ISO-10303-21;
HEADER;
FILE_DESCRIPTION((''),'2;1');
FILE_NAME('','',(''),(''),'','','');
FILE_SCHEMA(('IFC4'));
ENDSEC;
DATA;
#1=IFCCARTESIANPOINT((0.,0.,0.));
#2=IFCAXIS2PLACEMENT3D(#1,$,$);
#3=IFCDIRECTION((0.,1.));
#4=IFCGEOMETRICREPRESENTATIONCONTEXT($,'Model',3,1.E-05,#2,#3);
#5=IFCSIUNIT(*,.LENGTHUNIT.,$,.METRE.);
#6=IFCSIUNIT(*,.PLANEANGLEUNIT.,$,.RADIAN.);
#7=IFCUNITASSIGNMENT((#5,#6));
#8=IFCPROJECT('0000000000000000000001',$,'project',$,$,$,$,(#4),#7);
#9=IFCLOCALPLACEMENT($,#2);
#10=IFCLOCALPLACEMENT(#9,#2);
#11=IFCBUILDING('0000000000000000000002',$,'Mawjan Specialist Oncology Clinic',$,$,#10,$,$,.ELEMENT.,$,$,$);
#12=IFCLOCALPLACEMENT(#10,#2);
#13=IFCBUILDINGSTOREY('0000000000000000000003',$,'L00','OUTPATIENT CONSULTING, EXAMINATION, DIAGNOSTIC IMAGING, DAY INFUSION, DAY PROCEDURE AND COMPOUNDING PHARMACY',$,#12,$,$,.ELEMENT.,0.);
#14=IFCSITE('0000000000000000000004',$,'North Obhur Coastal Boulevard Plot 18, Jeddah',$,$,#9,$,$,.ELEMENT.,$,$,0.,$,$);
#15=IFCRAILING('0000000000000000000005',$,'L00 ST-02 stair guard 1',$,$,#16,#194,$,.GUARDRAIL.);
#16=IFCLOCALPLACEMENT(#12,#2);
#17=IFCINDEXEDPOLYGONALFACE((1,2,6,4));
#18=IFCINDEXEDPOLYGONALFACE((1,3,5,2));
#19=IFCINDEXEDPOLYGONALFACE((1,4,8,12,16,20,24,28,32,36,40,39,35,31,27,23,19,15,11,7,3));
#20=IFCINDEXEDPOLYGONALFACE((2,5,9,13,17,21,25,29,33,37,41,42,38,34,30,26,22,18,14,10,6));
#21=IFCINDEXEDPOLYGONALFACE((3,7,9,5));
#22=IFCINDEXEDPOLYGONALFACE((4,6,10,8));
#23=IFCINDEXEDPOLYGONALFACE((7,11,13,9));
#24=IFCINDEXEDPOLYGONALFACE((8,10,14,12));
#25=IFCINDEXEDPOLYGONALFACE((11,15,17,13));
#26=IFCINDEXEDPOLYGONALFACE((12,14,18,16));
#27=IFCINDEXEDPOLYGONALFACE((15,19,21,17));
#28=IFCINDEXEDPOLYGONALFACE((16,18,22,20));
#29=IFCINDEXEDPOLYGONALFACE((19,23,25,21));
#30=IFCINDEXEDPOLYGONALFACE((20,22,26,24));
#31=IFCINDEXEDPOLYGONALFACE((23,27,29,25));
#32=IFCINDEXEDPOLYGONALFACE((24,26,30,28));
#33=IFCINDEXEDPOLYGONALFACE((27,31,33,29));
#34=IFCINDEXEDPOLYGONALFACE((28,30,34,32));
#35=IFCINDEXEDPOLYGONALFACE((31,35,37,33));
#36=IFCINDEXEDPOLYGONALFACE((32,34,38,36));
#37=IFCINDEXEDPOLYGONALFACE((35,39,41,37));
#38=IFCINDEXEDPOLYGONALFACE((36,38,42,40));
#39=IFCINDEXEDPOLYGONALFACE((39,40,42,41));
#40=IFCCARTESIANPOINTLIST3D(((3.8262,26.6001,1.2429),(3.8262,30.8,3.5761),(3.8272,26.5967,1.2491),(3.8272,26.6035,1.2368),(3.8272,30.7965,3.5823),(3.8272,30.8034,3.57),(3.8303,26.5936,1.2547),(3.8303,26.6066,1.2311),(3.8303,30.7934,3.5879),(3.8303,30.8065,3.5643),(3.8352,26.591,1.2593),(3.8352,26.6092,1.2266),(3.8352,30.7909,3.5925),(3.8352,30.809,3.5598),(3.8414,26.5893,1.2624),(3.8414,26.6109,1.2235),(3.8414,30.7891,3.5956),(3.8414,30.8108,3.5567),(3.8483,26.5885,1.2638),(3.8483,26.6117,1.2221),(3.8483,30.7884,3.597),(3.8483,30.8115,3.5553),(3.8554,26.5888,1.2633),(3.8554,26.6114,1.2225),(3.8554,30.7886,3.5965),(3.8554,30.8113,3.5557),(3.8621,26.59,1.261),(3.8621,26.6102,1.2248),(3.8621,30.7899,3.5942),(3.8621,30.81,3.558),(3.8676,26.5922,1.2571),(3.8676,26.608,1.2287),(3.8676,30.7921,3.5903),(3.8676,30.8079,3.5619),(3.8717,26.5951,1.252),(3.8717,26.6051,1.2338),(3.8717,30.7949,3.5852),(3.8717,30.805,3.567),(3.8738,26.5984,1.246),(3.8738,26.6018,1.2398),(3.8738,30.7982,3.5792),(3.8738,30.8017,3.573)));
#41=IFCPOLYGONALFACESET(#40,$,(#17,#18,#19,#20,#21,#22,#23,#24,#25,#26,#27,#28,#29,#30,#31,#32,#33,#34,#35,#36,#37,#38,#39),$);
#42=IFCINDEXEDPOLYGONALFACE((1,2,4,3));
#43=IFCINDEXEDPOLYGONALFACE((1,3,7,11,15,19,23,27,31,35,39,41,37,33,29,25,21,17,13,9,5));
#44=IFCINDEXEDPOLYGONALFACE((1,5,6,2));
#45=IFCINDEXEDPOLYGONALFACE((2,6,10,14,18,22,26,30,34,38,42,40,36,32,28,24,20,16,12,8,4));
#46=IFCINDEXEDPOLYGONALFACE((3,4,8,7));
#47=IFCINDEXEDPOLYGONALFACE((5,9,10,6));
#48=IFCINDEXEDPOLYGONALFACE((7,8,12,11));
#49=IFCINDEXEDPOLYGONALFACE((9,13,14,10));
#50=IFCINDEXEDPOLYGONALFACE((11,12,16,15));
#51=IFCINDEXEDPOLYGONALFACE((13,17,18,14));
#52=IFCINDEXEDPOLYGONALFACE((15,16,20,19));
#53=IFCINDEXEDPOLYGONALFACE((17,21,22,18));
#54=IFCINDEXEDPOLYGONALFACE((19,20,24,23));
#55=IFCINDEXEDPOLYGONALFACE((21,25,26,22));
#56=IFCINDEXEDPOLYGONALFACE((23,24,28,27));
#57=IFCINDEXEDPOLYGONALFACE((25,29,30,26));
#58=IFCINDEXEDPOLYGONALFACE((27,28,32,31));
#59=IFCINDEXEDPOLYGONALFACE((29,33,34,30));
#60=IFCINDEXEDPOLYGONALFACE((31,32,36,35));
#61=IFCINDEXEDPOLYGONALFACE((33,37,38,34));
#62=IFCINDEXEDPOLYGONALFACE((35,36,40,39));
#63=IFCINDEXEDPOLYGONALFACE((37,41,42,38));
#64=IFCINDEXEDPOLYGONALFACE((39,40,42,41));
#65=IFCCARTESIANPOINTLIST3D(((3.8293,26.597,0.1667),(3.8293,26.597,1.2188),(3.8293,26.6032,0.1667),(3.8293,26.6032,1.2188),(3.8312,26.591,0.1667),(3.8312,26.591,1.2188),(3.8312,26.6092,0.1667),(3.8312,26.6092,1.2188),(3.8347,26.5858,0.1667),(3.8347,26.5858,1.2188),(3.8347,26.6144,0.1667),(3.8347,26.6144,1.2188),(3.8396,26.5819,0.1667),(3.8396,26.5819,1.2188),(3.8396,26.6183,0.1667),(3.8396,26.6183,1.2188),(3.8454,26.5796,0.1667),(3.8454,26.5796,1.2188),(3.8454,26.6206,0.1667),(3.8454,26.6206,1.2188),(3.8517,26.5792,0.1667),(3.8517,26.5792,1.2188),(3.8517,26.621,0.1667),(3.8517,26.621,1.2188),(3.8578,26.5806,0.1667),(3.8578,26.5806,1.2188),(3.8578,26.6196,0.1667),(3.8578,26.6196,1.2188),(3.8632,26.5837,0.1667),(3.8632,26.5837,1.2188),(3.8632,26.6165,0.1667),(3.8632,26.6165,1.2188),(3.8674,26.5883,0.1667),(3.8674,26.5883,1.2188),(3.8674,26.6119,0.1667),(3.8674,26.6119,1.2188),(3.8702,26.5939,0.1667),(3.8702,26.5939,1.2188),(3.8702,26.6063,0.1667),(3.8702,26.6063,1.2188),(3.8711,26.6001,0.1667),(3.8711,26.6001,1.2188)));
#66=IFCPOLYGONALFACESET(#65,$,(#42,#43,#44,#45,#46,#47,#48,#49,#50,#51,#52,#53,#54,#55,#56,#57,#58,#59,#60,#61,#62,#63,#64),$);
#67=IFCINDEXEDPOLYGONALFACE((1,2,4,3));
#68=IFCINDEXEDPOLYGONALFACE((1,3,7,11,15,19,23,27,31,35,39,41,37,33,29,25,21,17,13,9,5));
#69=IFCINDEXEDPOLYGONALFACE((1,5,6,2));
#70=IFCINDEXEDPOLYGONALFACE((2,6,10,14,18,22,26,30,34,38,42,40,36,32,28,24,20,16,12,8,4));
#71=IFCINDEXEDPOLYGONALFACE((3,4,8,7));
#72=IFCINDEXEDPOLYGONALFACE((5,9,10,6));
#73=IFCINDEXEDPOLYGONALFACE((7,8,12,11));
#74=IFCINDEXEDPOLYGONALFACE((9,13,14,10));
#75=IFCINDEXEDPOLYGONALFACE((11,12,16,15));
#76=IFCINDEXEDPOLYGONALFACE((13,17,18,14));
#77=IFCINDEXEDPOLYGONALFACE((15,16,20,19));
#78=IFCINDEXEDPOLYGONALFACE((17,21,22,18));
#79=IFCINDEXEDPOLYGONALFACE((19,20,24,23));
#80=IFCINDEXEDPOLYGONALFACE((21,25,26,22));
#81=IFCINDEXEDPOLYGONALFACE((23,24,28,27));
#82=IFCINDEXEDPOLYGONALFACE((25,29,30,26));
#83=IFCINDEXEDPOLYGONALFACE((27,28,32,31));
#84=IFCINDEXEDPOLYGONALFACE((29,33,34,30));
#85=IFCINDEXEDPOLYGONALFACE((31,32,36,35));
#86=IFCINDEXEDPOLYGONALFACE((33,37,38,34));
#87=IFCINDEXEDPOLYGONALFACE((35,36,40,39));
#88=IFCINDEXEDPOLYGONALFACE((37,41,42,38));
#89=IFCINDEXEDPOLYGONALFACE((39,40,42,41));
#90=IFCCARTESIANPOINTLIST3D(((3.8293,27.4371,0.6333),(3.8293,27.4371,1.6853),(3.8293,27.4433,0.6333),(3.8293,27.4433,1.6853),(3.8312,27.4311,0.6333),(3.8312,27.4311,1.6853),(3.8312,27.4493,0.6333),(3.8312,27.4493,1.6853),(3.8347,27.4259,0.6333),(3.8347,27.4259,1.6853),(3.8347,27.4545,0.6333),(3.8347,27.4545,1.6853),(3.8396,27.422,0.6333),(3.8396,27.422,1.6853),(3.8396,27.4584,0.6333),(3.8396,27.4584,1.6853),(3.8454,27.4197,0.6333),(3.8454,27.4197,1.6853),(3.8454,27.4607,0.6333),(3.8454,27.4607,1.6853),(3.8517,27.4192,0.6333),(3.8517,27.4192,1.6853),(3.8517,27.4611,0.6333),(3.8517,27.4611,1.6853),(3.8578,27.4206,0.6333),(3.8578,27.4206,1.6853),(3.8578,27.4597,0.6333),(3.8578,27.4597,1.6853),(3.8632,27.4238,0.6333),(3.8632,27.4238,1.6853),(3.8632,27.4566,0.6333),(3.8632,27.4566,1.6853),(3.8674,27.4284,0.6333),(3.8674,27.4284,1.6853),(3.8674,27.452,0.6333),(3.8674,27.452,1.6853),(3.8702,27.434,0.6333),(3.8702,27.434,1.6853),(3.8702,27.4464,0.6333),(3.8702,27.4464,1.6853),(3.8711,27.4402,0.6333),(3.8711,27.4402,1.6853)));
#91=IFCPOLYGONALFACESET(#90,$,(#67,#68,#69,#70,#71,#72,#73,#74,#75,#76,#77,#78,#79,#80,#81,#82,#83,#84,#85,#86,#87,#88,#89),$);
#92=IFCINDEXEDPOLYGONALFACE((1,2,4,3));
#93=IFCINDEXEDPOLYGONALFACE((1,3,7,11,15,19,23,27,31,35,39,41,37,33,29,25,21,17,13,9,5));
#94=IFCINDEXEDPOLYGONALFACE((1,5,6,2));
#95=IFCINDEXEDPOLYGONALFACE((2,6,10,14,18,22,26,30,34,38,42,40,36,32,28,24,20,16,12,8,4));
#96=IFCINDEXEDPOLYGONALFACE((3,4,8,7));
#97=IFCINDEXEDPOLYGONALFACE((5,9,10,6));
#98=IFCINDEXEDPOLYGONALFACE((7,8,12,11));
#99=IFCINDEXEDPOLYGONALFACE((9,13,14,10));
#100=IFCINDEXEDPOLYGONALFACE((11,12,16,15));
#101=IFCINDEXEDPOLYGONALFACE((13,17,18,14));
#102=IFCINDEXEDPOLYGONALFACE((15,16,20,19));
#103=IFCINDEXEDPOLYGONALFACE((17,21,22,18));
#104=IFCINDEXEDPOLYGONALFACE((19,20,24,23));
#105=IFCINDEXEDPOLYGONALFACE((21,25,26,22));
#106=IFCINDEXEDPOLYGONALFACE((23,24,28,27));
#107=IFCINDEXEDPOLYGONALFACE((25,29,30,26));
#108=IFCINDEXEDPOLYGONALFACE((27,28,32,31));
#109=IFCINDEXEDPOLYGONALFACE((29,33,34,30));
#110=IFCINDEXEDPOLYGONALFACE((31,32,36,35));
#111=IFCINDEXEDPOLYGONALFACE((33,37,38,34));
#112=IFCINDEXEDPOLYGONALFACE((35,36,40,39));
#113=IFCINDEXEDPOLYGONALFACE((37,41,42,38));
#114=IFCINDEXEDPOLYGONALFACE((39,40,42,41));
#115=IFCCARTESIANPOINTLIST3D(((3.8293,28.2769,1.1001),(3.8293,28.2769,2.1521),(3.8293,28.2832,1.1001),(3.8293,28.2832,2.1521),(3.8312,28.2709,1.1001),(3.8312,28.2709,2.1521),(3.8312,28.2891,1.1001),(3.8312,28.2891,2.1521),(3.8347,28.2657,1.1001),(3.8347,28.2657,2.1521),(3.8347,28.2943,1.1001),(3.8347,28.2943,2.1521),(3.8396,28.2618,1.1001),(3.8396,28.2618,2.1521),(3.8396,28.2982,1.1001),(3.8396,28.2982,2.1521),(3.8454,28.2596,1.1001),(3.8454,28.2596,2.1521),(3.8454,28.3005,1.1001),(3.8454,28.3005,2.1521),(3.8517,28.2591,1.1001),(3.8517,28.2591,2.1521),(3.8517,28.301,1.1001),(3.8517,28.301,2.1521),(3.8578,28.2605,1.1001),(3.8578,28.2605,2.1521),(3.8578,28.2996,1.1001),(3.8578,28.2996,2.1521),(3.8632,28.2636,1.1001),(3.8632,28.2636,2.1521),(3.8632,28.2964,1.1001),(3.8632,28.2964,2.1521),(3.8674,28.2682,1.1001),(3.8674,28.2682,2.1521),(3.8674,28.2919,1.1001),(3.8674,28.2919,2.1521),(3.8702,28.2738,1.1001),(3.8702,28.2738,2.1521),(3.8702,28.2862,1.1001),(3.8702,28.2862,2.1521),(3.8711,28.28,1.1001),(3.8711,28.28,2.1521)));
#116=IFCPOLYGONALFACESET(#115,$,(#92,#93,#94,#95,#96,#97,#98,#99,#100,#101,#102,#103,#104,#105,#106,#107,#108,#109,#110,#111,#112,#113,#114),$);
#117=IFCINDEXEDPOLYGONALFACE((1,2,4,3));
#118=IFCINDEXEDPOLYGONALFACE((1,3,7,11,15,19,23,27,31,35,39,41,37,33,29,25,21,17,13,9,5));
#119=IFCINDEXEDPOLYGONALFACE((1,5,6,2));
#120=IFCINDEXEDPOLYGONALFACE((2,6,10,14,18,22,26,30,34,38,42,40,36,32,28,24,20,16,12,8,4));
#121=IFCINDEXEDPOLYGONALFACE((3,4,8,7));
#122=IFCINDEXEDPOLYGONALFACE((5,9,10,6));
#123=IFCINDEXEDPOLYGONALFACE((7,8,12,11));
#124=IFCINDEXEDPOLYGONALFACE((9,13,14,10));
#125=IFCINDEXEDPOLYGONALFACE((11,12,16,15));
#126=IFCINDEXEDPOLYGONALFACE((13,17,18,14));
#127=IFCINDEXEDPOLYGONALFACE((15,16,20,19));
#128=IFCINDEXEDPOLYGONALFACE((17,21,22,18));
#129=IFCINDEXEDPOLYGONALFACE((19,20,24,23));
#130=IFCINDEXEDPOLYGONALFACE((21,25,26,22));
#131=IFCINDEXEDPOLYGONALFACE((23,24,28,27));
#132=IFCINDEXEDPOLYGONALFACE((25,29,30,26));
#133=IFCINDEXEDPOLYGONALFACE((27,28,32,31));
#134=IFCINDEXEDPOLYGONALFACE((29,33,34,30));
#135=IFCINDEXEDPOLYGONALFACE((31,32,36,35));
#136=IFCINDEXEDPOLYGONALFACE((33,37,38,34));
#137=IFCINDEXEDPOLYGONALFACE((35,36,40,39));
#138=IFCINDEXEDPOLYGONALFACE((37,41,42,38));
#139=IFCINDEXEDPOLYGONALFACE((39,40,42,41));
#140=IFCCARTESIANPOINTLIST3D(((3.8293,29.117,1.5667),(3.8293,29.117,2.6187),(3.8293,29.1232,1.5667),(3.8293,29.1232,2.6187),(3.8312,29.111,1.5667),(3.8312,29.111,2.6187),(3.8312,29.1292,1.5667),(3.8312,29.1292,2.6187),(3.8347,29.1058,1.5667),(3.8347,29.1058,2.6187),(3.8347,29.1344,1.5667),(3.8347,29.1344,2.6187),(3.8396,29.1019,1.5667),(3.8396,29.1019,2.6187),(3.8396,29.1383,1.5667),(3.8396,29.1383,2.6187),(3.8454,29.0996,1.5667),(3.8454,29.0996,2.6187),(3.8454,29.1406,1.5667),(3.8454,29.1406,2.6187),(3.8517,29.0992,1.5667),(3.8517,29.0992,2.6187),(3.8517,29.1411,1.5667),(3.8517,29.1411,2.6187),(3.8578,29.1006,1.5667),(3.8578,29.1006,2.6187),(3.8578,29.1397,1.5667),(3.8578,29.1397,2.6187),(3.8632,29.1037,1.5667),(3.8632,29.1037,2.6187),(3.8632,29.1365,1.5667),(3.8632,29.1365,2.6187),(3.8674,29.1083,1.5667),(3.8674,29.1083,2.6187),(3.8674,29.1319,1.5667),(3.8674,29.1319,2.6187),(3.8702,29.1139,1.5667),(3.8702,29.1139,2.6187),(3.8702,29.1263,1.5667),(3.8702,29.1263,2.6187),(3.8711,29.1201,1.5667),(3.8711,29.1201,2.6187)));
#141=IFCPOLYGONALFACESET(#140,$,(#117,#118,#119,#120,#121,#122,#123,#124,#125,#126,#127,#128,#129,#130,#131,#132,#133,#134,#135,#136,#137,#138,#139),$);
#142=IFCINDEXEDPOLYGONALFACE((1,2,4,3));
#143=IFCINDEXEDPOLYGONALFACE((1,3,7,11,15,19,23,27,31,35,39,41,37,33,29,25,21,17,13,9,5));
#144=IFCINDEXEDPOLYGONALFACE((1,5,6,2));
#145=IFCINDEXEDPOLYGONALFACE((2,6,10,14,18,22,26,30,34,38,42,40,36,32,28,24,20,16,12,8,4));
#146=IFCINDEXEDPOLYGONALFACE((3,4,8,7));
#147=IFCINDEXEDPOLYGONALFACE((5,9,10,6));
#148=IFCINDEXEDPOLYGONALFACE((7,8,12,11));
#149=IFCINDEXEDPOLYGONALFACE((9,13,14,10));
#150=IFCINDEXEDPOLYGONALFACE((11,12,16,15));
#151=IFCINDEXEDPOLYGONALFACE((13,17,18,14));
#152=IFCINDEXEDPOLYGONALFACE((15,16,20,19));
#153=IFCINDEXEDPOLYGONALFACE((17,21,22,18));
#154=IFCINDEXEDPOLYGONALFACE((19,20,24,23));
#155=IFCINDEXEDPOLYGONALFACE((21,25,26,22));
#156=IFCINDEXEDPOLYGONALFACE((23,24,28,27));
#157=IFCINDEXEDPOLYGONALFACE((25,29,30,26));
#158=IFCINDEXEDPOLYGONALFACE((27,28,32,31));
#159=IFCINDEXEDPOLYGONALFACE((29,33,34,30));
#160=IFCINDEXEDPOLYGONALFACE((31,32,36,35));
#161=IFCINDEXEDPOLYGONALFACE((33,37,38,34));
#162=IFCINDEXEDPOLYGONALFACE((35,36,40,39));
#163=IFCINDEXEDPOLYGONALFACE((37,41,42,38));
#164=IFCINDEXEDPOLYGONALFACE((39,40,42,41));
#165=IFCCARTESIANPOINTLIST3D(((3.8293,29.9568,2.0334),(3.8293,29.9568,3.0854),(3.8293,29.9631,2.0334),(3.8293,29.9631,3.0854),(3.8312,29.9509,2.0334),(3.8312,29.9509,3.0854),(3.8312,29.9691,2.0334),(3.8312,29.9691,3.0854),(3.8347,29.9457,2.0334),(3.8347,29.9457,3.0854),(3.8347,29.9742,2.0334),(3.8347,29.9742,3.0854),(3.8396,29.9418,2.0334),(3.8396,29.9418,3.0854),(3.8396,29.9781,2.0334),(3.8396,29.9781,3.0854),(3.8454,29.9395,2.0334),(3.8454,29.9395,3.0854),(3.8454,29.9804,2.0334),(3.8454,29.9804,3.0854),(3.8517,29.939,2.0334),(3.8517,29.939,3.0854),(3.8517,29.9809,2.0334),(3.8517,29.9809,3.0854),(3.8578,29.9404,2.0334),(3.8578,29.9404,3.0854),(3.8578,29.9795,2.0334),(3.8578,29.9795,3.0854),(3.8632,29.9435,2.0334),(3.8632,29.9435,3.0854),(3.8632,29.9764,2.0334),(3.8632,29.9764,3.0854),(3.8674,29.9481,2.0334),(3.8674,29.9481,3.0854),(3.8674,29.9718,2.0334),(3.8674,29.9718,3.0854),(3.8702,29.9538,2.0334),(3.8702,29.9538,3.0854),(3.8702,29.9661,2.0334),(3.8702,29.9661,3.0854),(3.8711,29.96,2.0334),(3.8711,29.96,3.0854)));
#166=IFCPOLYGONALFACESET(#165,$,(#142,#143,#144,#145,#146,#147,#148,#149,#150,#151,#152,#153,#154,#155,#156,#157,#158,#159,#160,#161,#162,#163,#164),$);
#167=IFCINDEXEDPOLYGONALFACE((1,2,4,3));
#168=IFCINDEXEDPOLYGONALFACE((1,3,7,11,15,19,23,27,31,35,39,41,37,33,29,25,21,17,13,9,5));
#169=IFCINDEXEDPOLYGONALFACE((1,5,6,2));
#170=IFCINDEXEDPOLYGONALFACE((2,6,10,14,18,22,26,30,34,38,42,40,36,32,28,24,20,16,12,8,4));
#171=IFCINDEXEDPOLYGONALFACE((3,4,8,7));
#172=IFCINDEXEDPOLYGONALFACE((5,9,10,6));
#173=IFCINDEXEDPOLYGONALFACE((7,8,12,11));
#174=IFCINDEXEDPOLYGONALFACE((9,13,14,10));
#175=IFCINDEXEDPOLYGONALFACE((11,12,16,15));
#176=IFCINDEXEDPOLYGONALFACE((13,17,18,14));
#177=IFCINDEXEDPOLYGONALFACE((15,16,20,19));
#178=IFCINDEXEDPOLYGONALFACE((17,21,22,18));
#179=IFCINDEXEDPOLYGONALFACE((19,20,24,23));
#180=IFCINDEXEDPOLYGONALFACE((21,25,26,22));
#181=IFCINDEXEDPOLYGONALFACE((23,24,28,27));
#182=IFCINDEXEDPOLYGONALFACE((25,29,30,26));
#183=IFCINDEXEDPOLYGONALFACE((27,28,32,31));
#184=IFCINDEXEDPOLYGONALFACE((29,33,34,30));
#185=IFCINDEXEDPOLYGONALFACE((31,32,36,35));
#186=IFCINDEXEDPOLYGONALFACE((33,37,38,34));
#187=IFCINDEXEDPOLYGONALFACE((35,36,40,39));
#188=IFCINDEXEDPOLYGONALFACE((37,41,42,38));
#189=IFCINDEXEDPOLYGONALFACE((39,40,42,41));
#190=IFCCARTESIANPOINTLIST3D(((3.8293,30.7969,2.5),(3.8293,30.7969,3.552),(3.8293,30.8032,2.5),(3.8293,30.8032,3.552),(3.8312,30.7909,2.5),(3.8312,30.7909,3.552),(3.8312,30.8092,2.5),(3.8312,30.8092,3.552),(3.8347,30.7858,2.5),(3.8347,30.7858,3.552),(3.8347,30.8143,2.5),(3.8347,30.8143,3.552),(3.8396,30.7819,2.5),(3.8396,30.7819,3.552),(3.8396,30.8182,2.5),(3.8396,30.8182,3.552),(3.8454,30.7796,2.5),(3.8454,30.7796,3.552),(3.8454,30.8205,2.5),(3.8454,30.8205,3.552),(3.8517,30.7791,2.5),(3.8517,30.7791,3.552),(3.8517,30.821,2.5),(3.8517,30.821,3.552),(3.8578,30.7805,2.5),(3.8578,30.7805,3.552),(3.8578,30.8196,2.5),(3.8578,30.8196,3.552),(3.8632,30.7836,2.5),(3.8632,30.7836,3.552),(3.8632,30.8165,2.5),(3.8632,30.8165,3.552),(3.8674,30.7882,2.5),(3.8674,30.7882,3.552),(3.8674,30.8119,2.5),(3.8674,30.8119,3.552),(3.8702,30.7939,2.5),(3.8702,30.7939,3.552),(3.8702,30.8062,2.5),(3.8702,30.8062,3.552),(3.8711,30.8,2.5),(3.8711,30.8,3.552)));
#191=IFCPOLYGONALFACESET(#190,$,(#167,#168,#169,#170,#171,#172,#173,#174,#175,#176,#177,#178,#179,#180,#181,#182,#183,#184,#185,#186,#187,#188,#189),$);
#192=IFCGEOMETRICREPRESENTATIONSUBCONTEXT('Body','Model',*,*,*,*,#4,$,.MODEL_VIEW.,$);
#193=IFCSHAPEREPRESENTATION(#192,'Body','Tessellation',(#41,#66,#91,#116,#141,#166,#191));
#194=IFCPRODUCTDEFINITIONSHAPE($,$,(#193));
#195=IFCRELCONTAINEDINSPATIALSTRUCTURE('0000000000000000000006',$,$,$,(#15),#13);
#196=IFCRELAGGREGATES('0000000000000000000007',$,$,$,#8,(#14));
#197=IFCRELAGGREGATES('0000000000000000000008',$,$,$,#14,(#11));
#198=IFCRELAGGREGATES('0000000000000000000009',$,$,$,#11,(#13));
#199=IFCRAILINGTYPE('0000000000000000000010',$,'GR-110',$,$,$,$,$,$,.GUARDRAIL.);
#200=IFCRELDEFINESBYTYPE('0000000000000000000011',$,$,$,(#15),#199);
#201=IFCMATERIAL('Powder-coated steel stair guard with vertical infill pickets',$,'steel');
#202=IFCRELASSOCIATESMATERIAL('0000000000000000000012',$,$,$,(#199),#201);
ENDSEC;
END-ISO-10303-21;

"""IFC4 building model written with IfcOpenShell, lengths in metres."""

from ifc_helpers import new_model, si_unit, direction, frame, origin, origin_2d, place, context, subcontext, project, spatial, circle, extrude, material, type_object, element, save


model = new_model("IFC4")

# Units and contexts
model_context = context("Model", 3, precision=1e-05, world=origin(), true_north=direction((0.0, 1.0)))
body_context = subcontext(model_context, "Body", "Model", "MODEL_VIEW")
ifc_project = project(units=[si_unit("LENGTHUNIT", "METRE"), si_unit("PLANEANGLEUNIT", "RADIAN")], contexts=[model_context])

# Site, building, storey
site_placement = place(None, origin())
site = spatial("IfcSite", under=ifc_project, at=site_placement, Name="North Obhur Coastal Boulevard Plot 18, Jeddah", CompositionType="ELEMENT", RefElevation=0.0)
building_placement = place(site_placement, origin())
building = spatial("IfcBuilding", under=site, at=building_placement, Name="Mawjan Specialist Oncology Clinic", CompositionType="ELEMENT")
storey_placement = place(building_placement, origin())
storey = spatial("IfcBuildingStorey", under=building, at=storey_placement, Name="L00", Description="OUTPATIENT CONSULTING, EXAMINATION, DIAGNOSTIC IMAGING, DAY INFUSION, DAY PROCEDURE AND COMPOUNDING PHARMACY", CompositionType="ELEMENT", Elevation=0.0)

# Railing
ifc_material_1 = material(Name="Powder-coated steel stair guard with vertical infill pickets", Category="steel")
railing_type_1 = type_object("IfcRailingType", Name="GR-110", PredefinedType="GUARDRAIL", material=ifc_material_1)
railing_1_placement = place(storey_placement, frame((3.8501, 26.6001, 0.1667)))
element("IfcRailing", 1, at=railing_1_placement, inside=storey, type_object=railing_type_1, Name="L00 ST-02 stair guard 1", PredefinedType="GUARDRAIL", context=body_context, shape_type="SweptSolid", body=[
    extrude(circle(Radius=0.0239, at=origin_2d()), frame((0.0, 0.0, 1.0762), z_axis=(0.0, 0.874162, 0.485634), x_axis=(-1.0, 0.0, 0.0)), (0.0, 0.0, 1.0), 4.8044),
    extrude(circle(Radius=0.021, at=origin_2d()), origin(), (0.0, 0.0, 1.0), 1.052),
    extrude(circle(Radius=0.021, at=origin_2d()), frame((0.0, 0.8401, 0.4666)), (0.0, 0.0, 1.0), 1.052),
    extrude(circle(Radius=0.021, at=origin_2d()), frame((0.0, 1.6799, 0.9333)), (0.0, 0.0, 1.0), 1.052),
    extrude(circle(Radius=0.021, at=origin_2d()), frame((0.0, 2.52, 1.3999)), (0.0, 0.0, 1.0), 1.052),
    extrude(circle(Radius=0.021, at=origin_2d()), frame((0.0, 3.3599, 1.8667)), (0.0, 0.0, 1.0), 1.052),
    extrude(circle(Radius=0.021, at=origin_2d()), frame((0.0, 4.2, 2.3333)), (0.0, 0.0, 1.0), 1.052),
])

save(model, "model.ifc")
